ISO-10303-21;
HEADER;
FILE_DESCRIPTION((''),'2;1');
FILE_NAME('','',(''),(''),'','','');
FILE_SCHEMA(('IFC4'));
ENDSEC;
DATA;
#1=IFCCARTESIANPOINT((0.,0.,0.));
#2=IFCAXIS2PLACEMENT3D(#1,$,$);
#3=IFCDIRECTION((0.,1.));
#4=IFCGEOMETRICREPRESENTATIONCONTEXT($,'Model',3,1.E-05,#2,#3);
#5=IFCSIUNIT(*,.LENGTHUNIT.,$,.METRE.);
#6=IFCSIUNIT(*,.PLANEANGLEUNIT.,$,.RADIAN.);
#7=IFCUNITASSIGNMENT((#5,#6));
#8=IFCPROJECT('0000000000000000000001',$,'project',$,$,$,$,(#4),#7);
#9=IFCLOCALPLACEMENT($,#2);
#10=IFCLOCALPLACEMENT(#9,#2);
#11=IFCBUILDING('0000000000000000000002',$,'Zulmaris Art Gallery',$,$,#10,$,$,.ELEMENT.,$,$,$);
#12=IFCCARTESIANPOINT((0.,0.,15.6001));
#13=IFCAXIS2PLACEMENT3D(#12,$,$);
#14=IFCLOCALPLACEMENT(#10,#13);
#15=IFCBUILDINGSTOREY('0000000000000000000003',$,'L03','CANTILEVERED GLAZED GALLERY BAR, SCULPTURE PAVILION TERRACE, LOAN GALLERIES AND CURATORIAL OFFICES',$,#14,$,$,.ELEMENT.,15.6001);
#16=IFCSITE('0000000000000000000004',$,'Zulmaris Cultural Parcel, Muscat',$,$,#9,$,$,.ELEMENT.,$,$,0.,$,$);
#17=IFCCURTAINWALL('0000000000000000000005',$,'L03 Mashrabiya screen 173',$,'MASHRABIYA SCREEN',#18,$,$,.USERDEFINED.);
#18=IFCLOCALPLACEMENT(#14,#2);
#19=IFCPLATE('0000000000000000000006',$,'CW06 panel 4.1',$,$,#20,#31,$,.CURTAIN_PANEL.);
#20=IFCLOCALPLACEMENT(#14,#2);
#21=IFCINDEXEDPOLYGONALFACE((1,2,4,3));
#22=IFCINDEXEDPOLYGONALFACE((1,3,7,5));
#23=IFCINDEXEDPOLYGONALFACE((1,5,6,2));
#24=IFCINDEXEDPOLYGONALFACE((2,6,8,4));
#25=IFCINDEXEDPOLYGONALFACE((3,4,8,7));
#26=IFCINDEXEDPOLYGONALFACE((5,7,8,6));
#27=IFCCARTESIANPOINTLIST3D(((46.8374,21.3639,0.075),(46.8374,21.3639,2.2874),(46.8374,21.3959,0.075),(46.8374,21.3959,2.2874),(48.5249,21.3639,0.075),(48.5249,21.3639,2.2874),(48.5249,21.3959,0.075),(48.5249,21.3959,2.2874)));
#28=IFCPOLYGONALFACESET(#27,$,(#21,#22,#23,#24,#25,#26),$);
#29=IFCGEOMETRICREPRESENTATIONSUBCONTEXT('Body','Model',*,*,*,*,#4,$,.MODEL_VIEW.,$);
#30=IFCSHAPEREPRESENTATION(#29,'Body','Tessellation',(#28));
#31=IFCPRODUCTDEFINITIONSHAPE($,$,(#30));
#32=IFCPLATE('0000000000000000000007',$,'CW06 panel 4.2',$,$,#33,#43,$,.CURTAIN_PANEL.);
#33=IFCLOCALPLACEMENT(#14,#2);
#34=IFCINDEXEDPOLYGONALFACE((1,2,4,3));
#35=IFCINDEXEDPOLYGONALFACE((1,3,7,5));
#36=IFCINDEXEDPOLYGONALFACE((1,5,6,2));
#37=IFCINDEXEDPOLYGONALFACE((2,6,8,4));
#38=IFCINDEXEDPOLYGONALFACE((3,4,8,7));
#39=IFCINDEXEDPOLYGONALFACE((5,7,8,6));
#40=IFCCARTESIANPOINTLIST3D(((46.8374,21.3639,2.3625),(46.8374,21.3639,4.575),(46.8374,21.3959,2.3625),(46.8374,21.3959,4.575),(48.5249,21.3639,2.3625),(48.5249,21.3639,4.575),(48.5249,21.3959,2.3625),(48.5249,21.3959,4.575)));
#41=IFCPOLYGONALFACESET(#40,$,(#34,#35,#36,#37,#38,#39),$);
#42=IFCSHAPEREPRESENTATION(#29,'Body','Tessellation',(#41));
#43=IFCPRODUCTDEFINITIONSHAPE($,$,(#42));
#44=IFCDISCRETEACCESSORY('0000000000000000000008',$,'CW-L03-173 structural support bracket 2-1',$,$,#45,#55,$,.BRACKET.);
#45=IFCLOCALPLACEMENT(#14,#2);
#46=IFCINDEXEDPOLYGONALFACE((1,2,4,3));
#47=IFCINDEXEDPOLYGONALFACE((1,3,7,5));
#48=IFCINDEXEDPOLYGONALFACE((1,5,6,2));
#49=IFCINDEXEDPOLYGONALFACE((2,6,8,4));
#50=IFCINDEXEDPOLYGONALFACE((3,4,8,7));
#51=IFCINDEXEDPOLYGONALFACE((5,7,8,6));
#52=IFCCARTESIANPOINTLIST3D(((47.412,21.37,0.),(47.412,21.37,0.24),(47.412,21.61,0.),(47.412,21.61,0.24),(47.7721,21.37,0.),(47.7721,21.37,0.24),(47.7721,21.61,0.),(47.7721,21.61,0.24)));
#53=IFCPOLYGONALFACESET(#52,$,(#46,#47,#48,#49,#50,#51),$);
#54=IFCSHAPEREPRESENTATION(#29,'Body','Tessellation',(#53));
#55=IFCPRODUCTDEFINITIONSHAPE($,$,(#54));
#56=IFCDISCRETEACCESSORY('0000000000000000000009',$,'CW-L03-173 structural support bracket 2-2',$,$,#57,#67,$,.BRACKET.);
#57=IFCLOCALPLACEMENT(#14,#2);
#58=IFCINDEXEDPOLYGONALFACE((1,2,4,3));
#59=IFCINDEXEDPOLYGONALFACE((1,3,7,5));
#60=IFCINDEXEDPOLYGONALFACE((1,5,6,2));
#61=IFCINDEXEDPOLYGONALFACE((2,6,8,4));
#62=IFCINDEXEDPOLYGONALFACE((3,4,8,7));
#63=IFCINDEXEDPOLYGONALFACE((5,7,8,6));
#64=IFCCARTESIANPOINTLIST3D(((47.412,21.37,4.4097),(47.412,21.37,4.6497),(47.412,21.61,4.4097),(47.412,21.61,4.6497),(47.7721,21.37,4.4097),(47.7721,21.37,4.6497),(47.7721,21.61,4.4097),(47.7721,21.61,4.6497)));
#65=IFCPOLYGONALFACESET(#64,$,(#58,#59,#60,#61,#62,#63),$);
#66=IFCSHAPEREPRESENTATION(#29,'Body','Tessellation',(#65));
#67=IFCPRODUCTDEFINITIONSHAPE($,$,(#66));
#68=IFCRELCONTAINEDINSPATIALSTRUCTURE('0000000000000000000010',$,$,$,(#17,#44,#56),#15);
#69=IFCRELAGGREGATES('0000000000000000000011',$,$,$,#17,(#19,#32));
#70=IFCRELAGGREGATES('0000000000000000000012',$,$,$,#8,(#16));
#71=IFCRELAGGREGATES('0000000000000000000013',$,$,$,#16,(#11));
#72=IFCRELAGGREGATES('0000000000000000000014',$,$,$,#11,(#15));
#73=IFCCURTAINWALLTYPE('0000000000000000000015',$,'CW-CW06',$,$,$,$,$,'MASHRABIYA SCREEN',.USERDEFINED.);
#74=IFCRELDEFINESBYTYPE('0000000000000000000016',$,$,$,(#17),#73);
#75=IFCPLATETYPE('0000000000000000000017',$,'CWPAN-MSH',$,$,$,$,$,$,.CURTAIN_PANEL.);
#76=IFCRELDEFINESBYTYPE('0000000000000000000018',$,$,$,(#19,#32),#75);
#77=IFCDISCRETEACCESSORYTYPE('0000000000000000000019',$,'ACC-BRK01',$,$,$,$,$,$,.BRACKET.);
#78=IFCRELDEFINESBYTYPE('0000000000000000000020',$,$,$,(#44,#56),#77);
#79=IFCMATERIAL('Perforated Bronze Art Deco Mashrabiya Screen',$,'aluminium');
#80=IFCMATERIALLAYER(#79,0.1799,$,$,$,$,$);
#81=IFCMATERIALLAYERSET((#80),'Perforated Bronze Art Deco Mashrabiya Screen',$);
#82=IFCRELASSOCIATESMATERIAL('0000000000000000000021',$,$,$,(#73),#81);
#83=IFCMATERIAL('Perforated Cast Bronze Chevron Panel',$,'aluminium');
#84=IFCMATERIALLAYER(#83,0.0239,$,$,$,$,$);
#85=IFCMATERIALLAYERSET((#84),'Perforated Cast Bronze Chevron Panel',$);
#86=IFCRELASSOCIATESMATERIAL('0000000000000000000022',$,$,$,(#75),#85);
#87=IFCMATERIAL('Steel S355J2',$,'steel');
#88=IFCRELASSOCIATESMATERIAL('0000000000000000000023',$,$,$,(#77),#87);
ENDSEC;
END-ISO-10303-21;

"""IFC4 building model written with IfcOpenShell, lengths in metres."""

from ifc_helpers import new_model, si_unit, direction, frame, origin, origin_2d, place, context, subcontext, project, spatial, rectangle, extrude, material, layer, layer_set, type_object, element, aggregate, save


model = new_model("IFC4")

# Units and contexts
model_context = context("Model", 3, precision=1e-05, world=origin(), true_north=direction((0.0, 1.0)))
body_context = subcontext(model_context, "Body", "Model", "MODEL_VIEW")
ifc_project = project(units=[si_unit("LENGTHUNIT", "METRE"), si_unit("PLANEANGLEUNIT", "RADIAN")], contexts=[model_context])

# Site, building, storey
site_placement = place(None, origin())
site = spatial("IfcSite", under=ifc_project, at=site_placement, Name="Zulmaris Cultural Parcel, Muscat", CompositionType="ELEMENT", RefElevation=0.0)
building_placement = place(site_placement, origin())
building = spatial("IfcBuilding", under=site, at=building_placement, Name="Zulmaris Art Gallery", CompositionType="ELEMENT")
storey_placement = place(building_placement, frame((0.0, 0.0, 15.6001)))
storey = spatial("IfcBuildingStorey", under=building, at=storey_placement, Name="L03", Description="CANTILEVERED GLAZED GALLERY BAR, SCULPTURE PAVILION TERRACE, LOAN GALLERIES AND CURATORIAL OFFICES", CompositionType="ELEMENT", Elevation=15.6001)

# Shared definitions
ifc_material_1 = material(Name="Steel S355J2", Category="steel")

# Curtain wall
ifc_material_2 = material(Name="Perforated Bronze Art Deco Mashrabiya Screen", Category="aluminium")
ifc_layer_1 = layer(ifc_material_2, 0.1799)
ifc_layer_set_1 = layer_set([ifc_layer_1], Name="Perforated Bronze Art Deco Mashrabiya Screen")
curtain_wall_type_1 = type_object("IfcCurtainWallType", Name="CW-CW06", ElementType="MASHRABIYA SCREEN", PredefinedType="USERDEFINED", material=ifc_layer_set_1)
curtain_wall_1_placement = place(storey_placement, origin())
curtain_wall_1 = element("IfcCurtainWall", 1, at=curtain_wall_1_placement, inside=storey, type_object=curtain_wall_type_1, Name="L03 Mashrabiya screen 173", ObjectType="MASHRABIYA SCREEN", PredefinedType="USERDEFINED")

# Plates
ifc_material_3 = material(Name="Perforated Cast Bronze Chevron Panel", Category="aluminium")
ifc_layer_2 = layer(ifc_material_3, 0.0239)
ifc_layer_set_2 = layer_set([ifc_layer_2], Name="Perforated Cast Bronze Chevron Panel")
plate_type_1 = type_object("IfcPlateType", Name="CWPAN-MSH", PredefinedType="CURTAIN_PANEL", material=ifc_layer_set_2)
plate_1_placement = place(storey_placement, frame((47.6812, 21.3799, 0.075), z_axis=(0.0, 0.0, 1.0), x_axis=(1.0, 0.0, 0.0)))
plate_1 = element("IfcPlate", 2, at=plate_1_placement, type_object=plate_type_1, Name="CW06 panel 4.1", PredefinedType="CURTAIN_PANEL", context=body_context, shape_type="SweptSolid", body=[
    extrude(rectangle(XDim=1.6875, YDim=0.032, at=origin_2d()), origin(), (0.0, 0.0, 1.0), 2.2124),
])
plate_2_placement = place(storey_placement, frame((47.6812, 21.3799, 2.3625), z_axis=(0.0, 0.0, 1.0), x_axis=(1.0, 0.0, 0.0)))
plate_2 = element("IfcPlate", 3, at=plate_2_placement, type_object=plate_type_1, Name="CW06 panel 4.2", PredefinedType="CURTAIN_PANEL", context=body_context, shape_type="SweptSolid", body=[
    extrude(rectangle(XDim=1.6875, YDim=0.032, at=origin_2d()), origin(), (0.0, 0.0, 1.0), 2.2124),
])
aggregate(curtain_wall_1, [plate_1, plate_2])

# Discrete accessories
discrete_accessory_type = type_object("IfcDiscreteAccessoryType", Name="ACC-BRK01", PredefinedType="BRACKET", material=ifc_material_1)
for number, where, z_axis, x_axis, name in (
    (4, (47.592, 21.49, 0.0), (0.0, 0.0, 1.0), (1.0, 0.0, 0.0), "CW-L03-173 structural support bracket 2-1"),
    (5, (47.592, 21.49, 4.4097), (0.0, 0.0, 1.0), (1.0, 0.0, 0.0), "CW-L03-173 structural support bracket 2-2"),
):
    element("IfcDiscreteAccessory", number, at=place(storey_placement, frame(where, z_axis=z_axis, x_axis=x_axis)), inside=storey, type_object=discrete_accessory_type, Name=name, PredefinedType="BRACKET", context=body_context, shape_type="SweptSolid", body=[
        extrude(rectangle(XDim=0.3601, YDim=0.24, at=origin_2d()), origin(), (0.0, 0.0, 1.0), 0.24),
    ])

save(model, "model.ifc")
